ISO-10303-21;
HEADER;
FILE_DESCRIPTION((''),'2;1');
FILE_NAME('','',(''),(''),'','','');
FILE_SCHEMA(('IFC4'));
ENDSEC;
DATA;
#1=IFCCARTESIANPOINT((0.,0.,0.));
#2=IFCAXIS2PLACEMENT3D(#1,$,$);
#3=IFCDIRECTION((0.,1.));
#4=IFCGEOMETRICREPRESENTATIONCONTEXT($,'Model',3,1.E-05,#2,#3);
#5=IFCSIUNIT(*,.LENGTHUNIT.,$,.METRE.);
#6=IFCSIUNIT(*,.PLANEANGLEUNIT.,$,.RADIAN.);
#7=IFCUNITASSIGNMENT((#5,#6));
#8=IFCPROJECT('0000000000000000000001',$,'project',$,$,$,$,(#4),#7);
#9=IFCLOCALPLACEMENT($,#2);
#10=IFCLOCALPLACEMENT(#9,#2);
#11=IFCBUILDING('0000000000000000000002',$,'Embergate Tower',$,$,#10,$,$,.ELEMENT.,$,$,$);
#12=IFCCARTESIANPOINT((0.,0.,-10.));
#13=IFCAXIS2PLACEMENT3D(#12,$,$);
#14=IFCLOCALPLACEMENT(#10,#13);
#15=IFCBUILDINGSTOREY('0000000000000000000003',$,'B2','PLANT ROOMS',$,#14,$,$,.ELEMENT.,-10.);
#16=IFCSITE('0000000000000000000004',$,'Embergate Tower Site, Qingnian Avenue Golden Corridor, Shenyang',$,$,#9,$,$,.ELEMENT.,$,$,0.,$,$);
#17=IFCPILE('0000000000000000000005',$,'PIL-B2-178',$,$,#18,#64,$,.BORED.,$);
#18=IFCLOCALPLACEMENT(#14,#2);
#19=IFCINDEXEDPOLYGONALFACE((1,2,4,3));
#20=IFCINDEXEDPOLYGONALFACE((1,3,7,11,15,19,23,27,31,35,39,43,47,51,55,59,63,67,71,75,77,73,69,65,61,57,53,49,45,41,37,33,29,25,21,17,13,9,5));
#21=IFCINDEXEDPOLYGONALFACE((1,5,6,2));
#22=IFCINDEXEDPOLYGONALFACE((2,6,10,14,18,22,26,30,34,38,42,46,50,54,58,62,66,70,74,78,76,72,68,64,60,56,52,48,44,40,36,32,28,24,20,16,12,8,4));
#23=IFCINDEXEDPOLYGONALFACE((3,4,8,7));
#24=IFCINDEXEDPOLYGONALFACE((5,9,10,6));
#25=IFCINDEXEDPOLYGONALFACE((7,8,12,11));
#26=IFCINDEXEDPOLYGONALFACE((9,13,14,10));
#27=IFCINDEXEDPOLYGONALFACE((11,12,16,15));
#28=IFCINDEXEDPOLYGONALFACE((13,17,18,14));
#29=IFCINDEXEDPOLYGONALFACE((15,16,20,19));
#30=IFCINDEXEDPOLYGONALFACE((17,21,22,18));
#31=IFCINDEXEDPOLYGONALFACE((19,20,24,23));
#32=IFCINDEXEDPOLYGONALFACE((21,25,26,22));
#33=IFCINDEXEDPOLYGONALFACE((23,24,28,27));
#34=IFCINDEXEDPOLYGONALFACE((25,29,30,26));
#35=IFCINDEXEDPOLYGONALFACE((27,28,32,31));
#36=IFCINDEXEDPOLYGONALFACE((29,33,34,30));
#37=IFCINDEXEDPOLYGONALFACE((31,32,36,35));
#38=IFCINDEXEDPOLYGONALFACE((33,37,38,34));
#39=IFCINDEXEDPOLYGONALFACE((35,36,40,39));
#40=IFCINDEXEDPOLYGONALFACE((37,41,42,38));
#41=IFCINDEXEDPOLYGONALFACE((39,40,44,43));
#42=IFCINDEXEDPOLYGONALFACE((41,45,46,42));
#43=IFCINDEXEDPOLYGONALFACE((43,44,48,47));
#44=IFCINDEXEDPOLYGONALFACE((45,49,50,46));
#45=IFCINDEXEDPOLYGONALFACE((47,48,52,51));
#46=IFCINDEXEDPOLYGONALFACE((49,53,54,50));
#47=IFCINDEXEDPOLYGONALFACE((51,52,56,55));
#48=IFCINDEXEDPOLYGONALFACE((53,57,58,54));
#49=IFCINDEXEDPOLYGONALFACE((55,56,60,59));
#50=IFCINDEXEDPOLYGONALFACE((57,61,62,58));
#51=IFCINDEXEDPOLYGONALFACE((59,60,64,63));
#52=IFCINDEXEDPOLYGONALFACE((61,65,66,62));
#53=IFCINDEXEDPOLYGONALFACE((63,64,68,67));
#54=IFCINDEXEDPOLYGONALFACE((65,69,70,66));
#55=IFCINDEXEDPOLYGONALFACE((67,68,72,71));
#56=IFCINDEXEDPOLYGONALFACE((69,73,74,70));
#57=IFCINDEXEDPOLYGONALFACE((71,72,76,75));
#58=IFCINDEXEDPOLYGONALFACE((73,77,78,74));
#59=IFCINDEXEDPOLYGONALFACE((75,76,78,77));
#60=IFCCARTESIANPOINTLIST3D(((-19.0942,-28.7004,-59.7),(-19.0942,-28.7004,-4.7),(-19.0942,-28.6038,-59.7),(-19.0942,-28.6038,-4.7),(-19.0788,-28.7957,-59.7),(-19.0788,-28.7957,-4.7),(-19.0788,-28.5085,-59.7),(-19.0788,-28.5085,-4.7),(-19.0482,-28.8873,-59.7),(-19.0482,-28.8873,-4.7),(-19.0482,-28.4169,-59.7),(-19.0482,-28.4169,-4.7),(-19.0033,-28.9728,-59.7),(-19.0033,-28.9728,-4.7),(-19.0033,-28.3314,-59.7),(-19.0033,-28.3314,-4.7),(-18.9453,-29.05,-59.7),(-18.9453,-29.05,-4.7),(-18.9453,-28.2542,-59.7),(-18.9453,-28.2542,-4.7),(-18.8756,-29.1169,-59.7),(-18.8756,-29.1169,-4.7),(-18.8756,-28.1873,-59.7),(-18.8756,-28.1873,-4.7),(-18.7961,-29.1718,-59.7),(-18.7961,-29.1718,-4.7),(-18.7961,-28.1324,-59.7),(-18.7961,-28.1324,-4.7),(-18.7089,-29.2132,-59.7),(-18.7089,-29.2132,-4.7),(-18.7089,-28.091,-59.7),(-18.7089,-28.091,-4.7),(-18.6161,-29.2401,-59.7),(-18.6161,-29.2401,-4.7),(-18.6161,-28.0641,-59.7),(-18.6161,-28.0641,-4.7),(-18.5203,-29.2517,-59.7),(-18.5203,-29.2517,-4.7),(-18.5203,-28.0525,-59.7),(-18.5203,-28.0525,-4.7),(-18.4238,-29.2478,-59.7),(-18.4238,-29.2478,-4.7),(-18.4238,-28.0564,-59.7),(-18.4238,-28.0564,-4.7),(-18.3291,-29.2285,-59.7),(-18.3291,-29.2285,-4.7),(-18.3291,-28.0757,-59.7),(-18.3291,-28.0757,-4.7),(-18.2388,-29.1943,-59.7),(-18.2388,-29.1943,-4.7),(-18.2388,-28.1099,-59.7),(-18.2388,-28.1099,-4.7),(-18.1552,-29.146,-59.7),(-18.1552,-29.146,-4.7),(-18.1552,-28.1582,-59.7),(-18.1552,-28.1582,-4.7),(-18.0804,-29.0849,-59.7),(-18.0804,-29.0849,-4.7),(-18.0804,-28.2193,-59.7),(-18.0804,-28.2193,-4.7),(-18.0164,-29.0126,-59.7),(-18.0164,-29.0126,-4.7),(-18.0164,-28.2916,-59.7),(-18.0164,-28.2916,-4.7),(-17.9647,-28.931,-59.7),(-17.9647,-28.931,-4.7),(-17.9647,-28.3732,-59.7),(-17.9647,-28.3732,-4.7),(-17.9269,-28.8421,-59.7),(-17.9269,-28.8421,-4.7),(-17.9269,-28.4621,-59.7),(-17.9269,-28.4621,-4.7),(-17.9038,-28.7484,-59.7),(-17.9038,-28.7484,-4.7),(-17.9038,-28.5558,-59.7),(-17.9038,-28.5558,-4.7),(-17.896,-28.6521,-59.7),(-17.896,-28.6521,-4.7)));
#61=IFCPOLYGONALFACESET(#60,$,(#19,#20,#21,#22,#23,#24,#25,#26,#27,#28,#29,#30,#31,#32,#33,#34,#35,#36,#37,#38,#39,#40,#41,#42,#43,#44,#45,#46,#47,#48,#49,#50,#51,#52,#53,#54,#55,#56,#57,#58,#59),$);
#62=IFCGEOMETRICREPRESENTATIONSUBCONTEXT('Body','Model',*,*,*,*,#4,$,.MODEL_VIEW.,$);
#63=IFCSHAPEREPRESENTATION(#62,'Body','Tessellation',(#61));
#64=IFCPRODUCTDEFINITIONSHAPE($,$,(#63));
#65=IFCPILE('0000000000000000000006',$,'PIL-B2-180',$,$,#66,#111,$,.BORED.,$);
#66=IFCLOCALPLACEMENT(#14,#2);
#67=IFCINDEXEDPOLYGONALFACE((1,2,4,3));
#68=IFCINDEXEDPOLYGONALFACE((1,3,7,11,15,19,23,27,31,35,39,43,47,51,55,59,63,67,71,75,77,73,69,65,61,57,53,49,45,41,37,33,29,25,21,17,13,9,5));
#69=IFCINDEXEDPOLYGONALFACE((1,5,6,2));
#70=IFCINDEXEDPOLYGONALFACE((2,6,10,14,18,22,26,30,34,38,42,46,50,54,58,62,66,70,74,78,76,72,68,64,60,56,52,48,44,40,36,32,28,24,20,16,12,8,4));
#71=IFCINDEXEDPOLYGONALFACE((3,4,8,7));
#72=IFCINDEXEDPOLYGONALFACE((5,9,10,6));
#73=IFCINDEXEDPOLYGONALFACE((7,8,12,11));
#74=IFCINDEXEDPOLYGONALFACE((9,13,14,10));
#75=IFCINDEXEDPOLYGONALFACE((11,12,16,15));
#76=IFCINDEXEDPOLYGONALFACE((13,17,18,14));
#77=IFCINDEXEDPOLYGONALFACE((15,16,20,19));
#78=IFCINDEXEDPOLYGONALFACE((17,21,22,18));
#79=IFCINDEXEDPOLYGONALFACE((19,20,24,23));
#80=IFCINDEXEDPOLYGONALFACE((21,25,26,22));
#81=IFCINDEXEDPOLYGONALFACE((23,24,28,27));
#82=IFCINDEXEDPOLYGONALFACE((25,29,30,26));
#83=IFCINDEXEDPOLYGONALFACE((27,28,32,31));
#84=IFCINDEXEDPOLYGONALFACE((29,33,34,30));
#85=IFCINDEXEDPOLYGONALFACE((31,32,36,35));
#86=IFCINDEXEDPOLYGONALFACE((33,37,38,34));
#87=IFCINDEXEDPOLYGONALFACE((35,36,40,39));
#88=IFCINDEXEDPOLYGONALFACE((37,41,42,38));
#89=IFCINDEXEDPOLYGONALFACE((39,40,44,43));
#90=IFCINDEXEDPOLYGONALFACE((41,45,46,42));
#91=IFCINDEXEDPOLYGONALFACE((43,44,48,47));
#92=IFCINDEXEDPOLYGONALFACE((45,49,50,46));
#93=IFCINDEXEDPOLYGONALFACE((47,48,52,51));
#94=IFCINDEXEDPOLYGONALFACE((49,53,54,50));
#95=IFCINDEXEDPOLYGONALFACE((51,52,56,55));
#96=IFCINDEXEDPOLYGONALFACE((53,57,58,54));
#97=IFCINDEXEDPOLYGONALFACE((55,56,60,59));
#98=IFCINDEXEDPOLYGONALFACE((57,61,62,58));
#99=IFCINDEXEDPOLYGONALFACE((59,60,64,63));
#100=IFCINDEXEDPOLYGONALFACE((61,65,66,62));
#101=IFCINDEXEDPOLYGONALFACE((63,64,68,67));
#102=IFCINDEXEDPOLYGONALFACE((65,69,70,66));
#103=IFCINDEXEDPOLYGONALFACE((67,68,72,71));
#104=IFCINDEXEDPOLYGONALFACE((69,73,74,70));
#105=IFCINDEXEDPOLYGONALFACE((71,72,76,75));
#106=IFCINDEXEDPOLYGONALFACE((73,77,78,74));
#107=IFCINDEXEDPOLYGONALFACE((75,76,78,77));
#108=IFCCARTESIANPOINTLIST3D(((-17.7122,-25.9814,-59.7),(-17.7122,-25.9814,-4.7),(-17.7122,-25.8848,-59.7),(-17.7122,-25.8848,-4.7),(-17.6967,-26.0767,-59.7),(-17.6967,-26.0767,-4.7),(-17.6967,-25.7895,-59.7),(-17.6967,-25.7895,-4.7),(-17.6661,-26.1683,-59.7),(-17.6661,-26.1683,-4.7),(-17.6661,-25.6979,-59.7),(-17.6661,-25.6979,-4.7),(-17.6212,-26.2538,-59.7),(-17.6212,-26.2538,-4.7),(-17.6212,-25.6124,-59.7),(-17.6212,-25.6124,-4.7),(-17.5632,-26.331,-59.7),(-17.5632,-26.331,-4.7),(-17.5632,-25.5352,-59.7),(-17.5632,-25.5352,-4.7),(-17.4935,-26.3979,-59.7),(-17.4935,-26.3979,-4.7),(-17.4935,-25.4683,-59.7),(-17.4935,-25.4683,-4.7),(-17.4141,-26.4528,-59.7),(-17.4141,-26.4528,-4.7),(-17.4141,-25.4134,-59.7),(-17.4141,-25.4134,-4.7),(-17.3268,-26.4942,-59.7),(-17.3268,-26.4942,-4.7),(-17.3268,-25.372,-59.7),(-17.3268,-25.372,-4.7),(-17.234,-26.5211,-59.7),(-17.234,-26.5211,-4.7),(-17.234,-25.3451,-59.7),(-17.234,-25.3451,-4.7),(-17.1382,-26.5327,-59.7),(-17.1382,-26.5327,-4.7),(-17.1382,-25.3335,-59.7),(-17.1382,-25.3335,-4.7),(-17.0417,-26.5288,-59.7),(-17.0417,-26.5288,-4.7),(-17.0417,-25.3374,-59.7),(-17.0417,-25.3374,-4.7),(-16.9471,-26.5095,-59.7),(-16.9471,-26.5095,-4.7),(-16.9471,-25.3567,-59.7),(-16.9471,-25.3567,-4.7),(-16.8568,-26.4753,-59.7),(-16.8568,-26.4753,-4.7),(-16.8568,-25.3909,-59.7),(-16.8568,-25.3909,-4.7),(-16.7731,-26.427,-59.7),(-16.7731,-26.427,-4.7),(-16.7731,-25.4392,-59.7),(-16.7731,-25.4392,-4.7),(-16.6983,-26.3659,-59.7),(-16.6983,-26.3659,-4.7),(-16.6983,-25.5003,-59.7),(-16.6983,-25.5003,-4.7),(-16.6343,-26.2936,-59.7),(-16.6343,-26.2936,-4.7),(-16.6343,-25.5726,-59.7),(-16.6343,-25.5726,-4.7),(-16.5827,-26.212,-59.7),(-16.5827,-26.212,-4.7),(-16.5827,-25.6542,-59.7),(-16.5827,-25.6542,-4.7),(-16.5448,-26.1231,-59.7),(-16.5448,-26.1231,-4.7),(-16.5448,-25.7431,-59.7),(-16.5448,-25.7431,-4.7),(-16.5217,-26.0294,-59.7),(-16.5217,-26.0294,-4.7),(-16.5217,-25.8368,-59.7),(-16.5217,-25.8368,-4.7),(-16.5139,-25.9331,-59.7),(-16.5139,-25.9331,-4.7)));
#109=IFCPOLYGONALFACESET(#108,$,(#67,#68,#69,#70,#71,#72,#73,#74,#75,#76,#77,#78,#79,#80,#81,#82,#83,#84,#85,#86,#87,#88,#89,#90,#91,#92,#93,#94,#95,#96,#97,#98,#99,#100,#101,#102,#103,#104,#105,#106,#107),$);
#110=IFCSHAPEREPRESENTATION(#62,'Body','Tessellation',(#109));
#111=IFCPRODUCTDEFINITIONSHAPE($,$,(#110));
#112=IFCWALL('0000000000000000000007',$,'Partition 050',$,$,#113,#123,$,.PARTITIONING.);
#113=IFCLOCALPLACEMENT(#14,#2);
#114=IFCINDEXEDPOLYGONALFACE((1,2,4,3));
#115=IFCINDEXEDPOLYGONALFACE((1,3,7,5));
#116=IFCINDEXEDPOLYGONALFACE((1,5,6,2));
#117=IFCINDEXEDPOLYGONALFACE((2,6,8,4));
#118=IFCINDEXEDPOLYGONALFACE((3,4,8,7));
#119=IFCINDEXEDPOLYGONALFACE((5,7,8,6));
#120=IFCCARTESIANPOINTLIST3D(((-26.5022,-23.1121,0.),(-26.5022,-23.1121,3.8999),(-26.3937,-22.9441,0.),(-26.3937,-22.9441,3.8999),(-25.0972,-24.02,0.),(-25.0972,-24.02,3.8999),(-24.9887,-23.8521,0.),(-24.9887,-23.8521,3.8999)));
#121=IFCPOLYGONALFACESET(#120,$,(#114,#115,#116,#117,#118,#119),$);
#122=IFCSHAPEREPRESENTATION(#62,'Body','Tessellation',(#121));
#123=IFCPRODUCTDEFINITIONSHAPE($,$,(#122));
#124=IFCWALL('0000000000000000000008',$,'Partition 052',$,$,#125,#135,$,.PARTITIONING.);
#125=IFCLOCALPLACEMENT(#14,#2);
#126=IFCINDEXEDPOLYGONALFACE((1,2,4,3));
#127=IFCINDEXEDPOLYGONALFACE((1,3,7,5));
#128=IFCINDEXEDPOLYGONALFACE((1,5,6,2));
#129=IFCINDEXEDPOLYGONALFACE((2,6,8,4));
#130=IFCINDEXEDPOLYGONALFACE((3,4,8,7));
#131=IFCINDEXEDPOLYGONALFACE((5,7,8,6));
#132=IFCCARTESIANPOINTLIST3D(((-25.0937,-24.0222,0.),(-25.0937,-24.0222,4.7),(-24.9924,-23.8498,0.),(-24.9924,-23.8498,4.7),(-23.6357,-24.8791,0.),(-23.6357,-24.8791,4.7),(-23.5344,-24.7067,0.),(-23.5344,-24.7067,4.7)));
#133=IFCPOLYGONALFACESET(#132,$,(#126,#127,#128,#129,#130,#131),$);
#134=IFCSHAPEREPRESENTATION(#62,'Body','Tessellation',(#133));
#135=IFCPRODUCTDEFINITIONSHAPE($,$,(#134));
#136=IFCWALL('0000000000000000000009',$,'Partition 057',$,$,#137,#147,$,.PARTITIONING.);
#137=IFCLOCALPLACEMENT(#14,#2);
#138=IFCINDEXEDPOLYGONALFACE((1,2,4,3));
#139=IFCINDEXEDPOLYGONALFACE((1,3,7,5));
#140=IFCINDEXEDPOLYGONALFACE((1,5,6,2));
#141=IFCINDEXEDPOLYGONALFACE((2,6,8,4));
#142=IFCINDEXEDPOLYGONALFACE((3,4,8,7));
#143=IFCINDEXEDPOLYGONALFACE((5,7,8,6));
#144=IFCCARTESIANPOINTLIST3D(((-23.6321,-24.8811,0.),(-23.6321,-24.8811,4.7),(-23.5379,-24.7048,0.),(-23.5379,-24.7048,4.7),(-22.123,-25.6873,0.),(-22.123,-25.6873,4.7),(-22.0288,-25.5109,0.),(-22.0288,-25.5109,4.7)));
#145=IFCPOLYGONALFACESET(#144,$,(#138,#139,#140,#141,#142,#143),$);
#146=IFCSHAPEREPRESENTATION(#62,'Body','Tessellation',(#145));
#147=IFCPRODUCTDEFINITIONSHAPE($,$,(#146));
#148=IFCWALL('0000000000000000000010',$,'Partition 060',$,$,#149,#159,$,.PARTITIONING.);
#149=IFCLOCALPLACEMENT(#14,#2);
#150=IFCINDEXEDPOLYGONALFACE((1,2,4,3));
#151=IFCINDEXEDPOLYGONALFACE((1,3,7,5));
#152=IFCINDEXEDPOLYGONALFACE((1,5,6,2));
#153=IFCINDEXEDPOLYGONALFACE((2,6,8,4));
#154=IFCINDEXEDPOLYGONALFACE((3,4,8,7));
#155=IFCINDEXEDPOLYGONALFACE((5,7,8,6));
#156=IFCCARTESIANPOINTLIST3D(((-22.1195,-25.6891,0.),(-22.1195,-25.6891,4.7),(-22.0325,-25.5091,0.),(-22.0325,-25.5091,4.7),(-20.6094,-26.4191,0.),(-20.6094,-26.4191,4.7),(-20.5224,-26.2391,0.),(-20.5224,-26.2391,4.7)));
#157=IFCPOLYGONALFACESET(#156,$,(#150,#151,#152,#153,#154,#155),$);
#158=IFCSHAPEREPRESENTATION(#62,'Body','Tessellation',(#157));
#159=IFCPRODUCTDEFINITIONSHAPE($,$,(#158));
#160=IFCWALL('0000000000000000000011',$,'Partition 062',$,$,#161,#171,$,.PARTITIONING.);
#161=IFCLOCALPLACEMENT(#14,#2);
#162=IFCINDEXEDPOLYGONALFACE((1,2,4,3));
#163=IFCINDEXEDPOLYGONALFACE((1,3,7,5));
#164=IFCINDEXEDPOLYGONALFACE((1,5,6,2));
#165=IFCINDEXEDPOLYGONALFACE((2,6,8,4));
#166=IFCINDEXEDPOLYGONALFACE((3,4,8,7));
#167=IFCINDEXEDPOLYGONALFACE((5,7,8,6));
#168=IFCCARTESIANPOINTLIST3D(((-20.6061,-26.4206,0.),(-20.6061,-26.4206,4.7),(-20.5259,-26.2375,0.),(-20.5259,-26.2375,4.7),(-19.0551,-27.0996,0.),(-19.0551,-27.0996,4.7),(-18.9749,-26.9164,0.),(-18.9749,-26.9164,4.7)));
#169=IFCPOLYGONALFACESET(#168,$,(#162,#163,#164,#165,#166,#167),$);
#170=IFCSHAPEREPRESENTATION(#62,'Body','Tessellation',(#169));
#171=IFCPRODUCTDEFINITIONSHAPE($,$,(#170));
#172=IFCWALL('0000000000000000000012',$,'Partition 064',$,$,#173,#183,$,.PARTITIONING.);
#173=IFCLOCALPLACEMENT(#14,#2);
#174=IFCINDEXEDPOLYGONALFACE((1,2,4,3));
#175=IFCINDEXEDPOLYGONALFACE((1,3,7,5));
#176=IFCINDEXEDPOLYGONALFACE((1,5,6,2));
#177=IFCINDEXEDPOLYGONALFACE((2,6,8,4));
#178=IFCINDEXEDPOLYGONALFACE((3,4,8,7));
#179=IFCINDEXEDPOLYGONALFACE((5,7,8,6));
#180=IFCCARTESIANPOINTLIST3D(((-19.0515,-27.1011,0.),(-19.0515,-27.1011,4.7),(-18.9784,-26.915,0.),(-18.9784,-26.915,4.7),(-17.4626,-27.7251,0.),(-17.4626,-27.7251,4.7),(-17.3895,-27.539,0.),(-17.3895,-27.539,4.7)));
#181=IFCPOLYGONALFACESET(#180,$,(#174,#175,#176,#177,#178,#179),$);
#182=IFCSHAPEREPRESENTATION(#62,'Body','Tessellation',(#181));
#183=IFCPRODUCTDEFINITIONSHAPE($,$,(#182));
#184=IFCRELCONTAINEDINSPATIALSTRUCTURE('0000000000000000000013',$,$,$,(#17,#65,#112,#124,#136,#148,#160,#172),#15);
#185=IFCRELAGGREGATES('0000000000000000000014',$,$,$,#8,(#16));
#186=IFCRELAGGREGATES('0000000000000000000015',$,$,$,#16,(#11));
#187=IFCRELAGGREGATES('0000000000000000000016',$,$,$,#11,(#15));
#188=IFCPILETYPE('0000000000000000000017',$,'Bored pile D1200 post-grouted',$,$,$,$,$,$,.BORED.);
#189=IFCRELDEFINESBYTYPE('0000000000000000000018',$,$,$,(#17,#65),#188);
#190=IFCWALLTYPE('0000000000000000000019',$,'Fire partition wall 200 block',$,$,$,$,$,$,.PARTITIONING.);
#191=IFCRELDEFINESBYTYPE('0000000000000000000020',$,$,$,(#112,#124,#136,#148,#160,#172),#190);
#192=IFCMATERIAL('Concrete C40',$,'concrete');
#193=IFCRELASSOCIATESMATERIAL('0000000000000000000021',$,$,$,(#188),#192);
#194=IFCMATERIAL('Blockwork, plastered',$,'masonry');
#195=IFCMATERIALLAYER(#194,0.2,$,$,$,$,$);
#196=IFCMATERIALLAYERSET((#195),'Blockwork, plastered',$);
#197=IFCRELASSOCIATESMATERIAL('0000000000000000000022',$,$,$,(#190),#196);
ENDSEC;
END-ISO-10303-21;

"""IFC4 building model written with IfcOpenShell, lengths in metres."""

from ifc_helpers import new_model, si_unit, direction, frame, frame_2d, origin, origin_2d, place, context, subcontext, project, spatial, rectangle, circle, extrude, source, transform, mapped, material, layer, layer_set, material_profile, profile_set, type_object, element, save


model = new_model("IFC4")

# Units and contexts
model_context = context("Model", 3, precision=1e-05, world=origin(), true_north=direction((0.0, 1.0)))
body_context = subcontext(model_context, "Body", "Model", "MODEL_VIEW")
ifc_project = project(units=[si_unit("LENGTHUNIT", "METRE"), si_unit("PLANEANGLEUNIT", "RADIAN")], contexts=[model_context])

# Site, building, storey
site_placement = place(None, origin())
site = spatial("IfcSite", under=ifc_project, at=site_placement, Name="Embergate Tower Site, Qingnian Avenue Golden Corridor, Shenyang", CompositionType="ELEMENT", RefElevation=0.0)
building_placement = place(site_placement, origin())
building = spatial("IfcBuilding", under=site, at=building_placement, Name="Embergate Tower", CompositionType="ELEMENT")
storey_placement = place(building_placement, frame((0.0, 0.0, -10.0)))
storey = spatial("IfcBuildingStorey", under=building, at=storey_placement, Name="B2", Description="PLANT ROOMS", CompositionType="ELEMENT", Elevation=-10.0)

# Piles
ifc_material_1 = material(Name="Concrete C40", Category="concrete")
ifc_material_profile = material_profile(ifc_material_1, circle(Radius=0.6001, at=origin_2d()), Name="D1200")
ifc_profile_set = profile_set([ifc_material_profile], Name="Concrete C40")
pile_type = type_object("IfcPileType", Name="Bored pile D1200 post-grouted", PredefinedType="BORED", material=ifc_profile_set)
shared_shape_1 = source(origin(), body_context, "Body", "SweptSolid", [
    extrude(circle(Radius=0.6001, at=origin_2d()), origin(), (0.0, 0.0, 1.0), 55.0),
])
for number, where, z_axis, x_axis, name in (
    (1, (-18.4961, -28.6521, -4.7), (0.0, 0.0, -1.0), (1.0, 0.0, 0.0), "PIL-B2-178"),
    (2, (-17.114, -25.9331, -4.7), (0.0, 0.0, -1.0), (1.0, 0.0, 0.0), "PIL-B2-180"),
):
    element("IfcPile", number, at=place(storey_placement, frame(where, z_axis=z_axis, x_axis=x_axis)), inside=storey, type_object=pile_type, Name=name, PredefinedType="BORED", context=body_context, shape_type="MappedRepresentation", body=[
        mapped(shared_shape_1, transform((0.0, 0.0, 0.0))),
    ])

# Walls
ifc_material_2 = material(Name="Blockwork, plastered", Category="masonry")
ifc_layer = layer(ifc_material_2, 0.2)
ifc_layer_set = layer_set([ifc_layer], Name="Blockwork, plastered")
wall_type = type_object("IfcWallType", Name="Fire partition wall 200 block", PredefinedType="PARTITIONING", material=ifc_layer_set)
shared_shape_2 = source(origin(), body_context, "Body", "SweptSolid", [
    extrude(rectangle(XDim=1.6729, YDim=0.2, at=frame_2d((0.8364, 0.0))), origin(), (0.0, 0.0, 1.0), 3.8999),
])
wall_1_placement = place(storey_placement, frame((-25.043, -23.936, 0.0), z_axis=(0.0, 0.0, 1.0), x_axis=(-0.839891, 0.542755, 0.0)))
element("IfcWall", 3, at=wall_1_placement, inside=storey, type_object=wall_type, Name="Partition 050", PredefinedType="PARTITIONING", context=body_context, shape_type="MappedRepresentation", body=[
    mapped(shared_shape_2, transform((0.0, 0.0, 0.0))),
])
shared_shape_3 = source(origin(), body_context, "Body", "SweptSolid", [
    extrude(rectangle(XDim=1.6912, YDim=0.2, at=frame_2d((0.8457, 0.0))), origin(), (0.0, 0.0, 1.0), 4.7),
])
wall_2_placement = place(storey_placement, frame((-23.585, -24.793, 0.0), z_axis=(0.0, 0.0, 1.0), x_axis=(-0.86212, 0.506705, 0.0)))
element("IfcWall", 4, at=wall_2_placement, inside=storey, type_object=wall_type, Name="Partition 052", PredefinedType="PARTITIONING", context=body_context, shape_type="MappedRepresentation", body=[
    mapped(shared_shape_3, transform((0.0, 0.0, 0.0))),
])
shared_shape_4 = source(origin(), body_context, "Body", "SweptSolid", [
    extrude(rectangle(XDim=1.7109, YDim=0.2, at=frame_2d((0.8555, 0.0))), origin(), (0.0, 0.0, 1.0), 4.7),
])
wall_3_placement = place(storey_placement, frame((-22.0759, -25.5991, 0.0), z_axis=(0.0, 0.0, 1.0), x_axis=(-0.882029, 0.471195, 0.0)))
element("IfcWall", 5, at=wall_3_placement, inside=storey, type_object=wall_type, Name="Partition 057", PredefinedType="PARTITIONING", context=body_context, shape_type="MappedRepresentation", body=[
    mapped(shared_shape_4, transform((0.0, 0.0, 0.0))),
])
shared_shape_5 = source(origin(), body_context, "Body", "SweptSolid", [
    extrude(rectangle(XDim=1.6772, YDim=0.2, at=frame_2d((0.8386, 0.0))), origin(), (0.0, 0.0, 1.0), 4.7),
])
wall_4_placement = place(storey_placement, frame((-20.5659, -26.3291, 0.0), z_axis=(0.0, 0.0, 1.0), x_axis=(-0.900316, 0.435237, 0.0)))
element("IfcWall", 6, at=wall_4_placement, inside=storey, type_object=wall_type, Name="Partition 060", PredefinedType="PARTITIONING", context=body_context, shape_type="MappedRepresentation", body=[
    mapped(shared_shape_5, transform((0.0, 0.0, 0.0))),
])
shared_shape_6 = source(origin(), body_context, "Body", "SweptSolid", [
    extrude(rectangle(XDim=1.6931, YDim=0.2, at=frame_2d((0.8467, 0.0))), origin(), (0.0, 0.0, 1.0), 4.7),
])
wall_5_placement = place(storey_placement, frame((-19.0149, -27.0081, 0.0), z_axis=(0.0, 0.0, 1.0), x_axis=(-0.916075, 0.401008, 0.0)))
element("IfcWall", 7, at=wall_5_placement, inside=storey, type_object=wall_type, Name="Partition 062", PredefinedType="PARTITIONING", context=body_context, shape_type="MappedRepresentation", body=[
    mapped(shared_shape_6, transform((0.0, 0.0, 0.0))),
])
shared_shape_7 = source(origin(), body_context, "Body", "SweptSolid", [
    extrude(rectangle(XDim=1.707, YDim=0.2, at=frame_2d((0.8535, 0.0))), origin(), (0.0, 0.0, 1.0), 4.7),
])
wall_6_placement = place(storey_placement, frame((-17.426, -27.6321, 0.0), z_axis=(0.0, 0.0, 1.0), x_axis=(-0.930786, 0.365564, 0.0)))
element("IfcWall", 8, at=wall_6_placement, inside=storey, type_object=wall_type, Name="Partition 064", PredefinedType="PARTITIONING", context=body_context, shape_type="MappedRepresentation", body=[
    mapped(shared_shape_7, transform((0.0, 0.0, 0.0))),
])

save(model, "model.ifc")
